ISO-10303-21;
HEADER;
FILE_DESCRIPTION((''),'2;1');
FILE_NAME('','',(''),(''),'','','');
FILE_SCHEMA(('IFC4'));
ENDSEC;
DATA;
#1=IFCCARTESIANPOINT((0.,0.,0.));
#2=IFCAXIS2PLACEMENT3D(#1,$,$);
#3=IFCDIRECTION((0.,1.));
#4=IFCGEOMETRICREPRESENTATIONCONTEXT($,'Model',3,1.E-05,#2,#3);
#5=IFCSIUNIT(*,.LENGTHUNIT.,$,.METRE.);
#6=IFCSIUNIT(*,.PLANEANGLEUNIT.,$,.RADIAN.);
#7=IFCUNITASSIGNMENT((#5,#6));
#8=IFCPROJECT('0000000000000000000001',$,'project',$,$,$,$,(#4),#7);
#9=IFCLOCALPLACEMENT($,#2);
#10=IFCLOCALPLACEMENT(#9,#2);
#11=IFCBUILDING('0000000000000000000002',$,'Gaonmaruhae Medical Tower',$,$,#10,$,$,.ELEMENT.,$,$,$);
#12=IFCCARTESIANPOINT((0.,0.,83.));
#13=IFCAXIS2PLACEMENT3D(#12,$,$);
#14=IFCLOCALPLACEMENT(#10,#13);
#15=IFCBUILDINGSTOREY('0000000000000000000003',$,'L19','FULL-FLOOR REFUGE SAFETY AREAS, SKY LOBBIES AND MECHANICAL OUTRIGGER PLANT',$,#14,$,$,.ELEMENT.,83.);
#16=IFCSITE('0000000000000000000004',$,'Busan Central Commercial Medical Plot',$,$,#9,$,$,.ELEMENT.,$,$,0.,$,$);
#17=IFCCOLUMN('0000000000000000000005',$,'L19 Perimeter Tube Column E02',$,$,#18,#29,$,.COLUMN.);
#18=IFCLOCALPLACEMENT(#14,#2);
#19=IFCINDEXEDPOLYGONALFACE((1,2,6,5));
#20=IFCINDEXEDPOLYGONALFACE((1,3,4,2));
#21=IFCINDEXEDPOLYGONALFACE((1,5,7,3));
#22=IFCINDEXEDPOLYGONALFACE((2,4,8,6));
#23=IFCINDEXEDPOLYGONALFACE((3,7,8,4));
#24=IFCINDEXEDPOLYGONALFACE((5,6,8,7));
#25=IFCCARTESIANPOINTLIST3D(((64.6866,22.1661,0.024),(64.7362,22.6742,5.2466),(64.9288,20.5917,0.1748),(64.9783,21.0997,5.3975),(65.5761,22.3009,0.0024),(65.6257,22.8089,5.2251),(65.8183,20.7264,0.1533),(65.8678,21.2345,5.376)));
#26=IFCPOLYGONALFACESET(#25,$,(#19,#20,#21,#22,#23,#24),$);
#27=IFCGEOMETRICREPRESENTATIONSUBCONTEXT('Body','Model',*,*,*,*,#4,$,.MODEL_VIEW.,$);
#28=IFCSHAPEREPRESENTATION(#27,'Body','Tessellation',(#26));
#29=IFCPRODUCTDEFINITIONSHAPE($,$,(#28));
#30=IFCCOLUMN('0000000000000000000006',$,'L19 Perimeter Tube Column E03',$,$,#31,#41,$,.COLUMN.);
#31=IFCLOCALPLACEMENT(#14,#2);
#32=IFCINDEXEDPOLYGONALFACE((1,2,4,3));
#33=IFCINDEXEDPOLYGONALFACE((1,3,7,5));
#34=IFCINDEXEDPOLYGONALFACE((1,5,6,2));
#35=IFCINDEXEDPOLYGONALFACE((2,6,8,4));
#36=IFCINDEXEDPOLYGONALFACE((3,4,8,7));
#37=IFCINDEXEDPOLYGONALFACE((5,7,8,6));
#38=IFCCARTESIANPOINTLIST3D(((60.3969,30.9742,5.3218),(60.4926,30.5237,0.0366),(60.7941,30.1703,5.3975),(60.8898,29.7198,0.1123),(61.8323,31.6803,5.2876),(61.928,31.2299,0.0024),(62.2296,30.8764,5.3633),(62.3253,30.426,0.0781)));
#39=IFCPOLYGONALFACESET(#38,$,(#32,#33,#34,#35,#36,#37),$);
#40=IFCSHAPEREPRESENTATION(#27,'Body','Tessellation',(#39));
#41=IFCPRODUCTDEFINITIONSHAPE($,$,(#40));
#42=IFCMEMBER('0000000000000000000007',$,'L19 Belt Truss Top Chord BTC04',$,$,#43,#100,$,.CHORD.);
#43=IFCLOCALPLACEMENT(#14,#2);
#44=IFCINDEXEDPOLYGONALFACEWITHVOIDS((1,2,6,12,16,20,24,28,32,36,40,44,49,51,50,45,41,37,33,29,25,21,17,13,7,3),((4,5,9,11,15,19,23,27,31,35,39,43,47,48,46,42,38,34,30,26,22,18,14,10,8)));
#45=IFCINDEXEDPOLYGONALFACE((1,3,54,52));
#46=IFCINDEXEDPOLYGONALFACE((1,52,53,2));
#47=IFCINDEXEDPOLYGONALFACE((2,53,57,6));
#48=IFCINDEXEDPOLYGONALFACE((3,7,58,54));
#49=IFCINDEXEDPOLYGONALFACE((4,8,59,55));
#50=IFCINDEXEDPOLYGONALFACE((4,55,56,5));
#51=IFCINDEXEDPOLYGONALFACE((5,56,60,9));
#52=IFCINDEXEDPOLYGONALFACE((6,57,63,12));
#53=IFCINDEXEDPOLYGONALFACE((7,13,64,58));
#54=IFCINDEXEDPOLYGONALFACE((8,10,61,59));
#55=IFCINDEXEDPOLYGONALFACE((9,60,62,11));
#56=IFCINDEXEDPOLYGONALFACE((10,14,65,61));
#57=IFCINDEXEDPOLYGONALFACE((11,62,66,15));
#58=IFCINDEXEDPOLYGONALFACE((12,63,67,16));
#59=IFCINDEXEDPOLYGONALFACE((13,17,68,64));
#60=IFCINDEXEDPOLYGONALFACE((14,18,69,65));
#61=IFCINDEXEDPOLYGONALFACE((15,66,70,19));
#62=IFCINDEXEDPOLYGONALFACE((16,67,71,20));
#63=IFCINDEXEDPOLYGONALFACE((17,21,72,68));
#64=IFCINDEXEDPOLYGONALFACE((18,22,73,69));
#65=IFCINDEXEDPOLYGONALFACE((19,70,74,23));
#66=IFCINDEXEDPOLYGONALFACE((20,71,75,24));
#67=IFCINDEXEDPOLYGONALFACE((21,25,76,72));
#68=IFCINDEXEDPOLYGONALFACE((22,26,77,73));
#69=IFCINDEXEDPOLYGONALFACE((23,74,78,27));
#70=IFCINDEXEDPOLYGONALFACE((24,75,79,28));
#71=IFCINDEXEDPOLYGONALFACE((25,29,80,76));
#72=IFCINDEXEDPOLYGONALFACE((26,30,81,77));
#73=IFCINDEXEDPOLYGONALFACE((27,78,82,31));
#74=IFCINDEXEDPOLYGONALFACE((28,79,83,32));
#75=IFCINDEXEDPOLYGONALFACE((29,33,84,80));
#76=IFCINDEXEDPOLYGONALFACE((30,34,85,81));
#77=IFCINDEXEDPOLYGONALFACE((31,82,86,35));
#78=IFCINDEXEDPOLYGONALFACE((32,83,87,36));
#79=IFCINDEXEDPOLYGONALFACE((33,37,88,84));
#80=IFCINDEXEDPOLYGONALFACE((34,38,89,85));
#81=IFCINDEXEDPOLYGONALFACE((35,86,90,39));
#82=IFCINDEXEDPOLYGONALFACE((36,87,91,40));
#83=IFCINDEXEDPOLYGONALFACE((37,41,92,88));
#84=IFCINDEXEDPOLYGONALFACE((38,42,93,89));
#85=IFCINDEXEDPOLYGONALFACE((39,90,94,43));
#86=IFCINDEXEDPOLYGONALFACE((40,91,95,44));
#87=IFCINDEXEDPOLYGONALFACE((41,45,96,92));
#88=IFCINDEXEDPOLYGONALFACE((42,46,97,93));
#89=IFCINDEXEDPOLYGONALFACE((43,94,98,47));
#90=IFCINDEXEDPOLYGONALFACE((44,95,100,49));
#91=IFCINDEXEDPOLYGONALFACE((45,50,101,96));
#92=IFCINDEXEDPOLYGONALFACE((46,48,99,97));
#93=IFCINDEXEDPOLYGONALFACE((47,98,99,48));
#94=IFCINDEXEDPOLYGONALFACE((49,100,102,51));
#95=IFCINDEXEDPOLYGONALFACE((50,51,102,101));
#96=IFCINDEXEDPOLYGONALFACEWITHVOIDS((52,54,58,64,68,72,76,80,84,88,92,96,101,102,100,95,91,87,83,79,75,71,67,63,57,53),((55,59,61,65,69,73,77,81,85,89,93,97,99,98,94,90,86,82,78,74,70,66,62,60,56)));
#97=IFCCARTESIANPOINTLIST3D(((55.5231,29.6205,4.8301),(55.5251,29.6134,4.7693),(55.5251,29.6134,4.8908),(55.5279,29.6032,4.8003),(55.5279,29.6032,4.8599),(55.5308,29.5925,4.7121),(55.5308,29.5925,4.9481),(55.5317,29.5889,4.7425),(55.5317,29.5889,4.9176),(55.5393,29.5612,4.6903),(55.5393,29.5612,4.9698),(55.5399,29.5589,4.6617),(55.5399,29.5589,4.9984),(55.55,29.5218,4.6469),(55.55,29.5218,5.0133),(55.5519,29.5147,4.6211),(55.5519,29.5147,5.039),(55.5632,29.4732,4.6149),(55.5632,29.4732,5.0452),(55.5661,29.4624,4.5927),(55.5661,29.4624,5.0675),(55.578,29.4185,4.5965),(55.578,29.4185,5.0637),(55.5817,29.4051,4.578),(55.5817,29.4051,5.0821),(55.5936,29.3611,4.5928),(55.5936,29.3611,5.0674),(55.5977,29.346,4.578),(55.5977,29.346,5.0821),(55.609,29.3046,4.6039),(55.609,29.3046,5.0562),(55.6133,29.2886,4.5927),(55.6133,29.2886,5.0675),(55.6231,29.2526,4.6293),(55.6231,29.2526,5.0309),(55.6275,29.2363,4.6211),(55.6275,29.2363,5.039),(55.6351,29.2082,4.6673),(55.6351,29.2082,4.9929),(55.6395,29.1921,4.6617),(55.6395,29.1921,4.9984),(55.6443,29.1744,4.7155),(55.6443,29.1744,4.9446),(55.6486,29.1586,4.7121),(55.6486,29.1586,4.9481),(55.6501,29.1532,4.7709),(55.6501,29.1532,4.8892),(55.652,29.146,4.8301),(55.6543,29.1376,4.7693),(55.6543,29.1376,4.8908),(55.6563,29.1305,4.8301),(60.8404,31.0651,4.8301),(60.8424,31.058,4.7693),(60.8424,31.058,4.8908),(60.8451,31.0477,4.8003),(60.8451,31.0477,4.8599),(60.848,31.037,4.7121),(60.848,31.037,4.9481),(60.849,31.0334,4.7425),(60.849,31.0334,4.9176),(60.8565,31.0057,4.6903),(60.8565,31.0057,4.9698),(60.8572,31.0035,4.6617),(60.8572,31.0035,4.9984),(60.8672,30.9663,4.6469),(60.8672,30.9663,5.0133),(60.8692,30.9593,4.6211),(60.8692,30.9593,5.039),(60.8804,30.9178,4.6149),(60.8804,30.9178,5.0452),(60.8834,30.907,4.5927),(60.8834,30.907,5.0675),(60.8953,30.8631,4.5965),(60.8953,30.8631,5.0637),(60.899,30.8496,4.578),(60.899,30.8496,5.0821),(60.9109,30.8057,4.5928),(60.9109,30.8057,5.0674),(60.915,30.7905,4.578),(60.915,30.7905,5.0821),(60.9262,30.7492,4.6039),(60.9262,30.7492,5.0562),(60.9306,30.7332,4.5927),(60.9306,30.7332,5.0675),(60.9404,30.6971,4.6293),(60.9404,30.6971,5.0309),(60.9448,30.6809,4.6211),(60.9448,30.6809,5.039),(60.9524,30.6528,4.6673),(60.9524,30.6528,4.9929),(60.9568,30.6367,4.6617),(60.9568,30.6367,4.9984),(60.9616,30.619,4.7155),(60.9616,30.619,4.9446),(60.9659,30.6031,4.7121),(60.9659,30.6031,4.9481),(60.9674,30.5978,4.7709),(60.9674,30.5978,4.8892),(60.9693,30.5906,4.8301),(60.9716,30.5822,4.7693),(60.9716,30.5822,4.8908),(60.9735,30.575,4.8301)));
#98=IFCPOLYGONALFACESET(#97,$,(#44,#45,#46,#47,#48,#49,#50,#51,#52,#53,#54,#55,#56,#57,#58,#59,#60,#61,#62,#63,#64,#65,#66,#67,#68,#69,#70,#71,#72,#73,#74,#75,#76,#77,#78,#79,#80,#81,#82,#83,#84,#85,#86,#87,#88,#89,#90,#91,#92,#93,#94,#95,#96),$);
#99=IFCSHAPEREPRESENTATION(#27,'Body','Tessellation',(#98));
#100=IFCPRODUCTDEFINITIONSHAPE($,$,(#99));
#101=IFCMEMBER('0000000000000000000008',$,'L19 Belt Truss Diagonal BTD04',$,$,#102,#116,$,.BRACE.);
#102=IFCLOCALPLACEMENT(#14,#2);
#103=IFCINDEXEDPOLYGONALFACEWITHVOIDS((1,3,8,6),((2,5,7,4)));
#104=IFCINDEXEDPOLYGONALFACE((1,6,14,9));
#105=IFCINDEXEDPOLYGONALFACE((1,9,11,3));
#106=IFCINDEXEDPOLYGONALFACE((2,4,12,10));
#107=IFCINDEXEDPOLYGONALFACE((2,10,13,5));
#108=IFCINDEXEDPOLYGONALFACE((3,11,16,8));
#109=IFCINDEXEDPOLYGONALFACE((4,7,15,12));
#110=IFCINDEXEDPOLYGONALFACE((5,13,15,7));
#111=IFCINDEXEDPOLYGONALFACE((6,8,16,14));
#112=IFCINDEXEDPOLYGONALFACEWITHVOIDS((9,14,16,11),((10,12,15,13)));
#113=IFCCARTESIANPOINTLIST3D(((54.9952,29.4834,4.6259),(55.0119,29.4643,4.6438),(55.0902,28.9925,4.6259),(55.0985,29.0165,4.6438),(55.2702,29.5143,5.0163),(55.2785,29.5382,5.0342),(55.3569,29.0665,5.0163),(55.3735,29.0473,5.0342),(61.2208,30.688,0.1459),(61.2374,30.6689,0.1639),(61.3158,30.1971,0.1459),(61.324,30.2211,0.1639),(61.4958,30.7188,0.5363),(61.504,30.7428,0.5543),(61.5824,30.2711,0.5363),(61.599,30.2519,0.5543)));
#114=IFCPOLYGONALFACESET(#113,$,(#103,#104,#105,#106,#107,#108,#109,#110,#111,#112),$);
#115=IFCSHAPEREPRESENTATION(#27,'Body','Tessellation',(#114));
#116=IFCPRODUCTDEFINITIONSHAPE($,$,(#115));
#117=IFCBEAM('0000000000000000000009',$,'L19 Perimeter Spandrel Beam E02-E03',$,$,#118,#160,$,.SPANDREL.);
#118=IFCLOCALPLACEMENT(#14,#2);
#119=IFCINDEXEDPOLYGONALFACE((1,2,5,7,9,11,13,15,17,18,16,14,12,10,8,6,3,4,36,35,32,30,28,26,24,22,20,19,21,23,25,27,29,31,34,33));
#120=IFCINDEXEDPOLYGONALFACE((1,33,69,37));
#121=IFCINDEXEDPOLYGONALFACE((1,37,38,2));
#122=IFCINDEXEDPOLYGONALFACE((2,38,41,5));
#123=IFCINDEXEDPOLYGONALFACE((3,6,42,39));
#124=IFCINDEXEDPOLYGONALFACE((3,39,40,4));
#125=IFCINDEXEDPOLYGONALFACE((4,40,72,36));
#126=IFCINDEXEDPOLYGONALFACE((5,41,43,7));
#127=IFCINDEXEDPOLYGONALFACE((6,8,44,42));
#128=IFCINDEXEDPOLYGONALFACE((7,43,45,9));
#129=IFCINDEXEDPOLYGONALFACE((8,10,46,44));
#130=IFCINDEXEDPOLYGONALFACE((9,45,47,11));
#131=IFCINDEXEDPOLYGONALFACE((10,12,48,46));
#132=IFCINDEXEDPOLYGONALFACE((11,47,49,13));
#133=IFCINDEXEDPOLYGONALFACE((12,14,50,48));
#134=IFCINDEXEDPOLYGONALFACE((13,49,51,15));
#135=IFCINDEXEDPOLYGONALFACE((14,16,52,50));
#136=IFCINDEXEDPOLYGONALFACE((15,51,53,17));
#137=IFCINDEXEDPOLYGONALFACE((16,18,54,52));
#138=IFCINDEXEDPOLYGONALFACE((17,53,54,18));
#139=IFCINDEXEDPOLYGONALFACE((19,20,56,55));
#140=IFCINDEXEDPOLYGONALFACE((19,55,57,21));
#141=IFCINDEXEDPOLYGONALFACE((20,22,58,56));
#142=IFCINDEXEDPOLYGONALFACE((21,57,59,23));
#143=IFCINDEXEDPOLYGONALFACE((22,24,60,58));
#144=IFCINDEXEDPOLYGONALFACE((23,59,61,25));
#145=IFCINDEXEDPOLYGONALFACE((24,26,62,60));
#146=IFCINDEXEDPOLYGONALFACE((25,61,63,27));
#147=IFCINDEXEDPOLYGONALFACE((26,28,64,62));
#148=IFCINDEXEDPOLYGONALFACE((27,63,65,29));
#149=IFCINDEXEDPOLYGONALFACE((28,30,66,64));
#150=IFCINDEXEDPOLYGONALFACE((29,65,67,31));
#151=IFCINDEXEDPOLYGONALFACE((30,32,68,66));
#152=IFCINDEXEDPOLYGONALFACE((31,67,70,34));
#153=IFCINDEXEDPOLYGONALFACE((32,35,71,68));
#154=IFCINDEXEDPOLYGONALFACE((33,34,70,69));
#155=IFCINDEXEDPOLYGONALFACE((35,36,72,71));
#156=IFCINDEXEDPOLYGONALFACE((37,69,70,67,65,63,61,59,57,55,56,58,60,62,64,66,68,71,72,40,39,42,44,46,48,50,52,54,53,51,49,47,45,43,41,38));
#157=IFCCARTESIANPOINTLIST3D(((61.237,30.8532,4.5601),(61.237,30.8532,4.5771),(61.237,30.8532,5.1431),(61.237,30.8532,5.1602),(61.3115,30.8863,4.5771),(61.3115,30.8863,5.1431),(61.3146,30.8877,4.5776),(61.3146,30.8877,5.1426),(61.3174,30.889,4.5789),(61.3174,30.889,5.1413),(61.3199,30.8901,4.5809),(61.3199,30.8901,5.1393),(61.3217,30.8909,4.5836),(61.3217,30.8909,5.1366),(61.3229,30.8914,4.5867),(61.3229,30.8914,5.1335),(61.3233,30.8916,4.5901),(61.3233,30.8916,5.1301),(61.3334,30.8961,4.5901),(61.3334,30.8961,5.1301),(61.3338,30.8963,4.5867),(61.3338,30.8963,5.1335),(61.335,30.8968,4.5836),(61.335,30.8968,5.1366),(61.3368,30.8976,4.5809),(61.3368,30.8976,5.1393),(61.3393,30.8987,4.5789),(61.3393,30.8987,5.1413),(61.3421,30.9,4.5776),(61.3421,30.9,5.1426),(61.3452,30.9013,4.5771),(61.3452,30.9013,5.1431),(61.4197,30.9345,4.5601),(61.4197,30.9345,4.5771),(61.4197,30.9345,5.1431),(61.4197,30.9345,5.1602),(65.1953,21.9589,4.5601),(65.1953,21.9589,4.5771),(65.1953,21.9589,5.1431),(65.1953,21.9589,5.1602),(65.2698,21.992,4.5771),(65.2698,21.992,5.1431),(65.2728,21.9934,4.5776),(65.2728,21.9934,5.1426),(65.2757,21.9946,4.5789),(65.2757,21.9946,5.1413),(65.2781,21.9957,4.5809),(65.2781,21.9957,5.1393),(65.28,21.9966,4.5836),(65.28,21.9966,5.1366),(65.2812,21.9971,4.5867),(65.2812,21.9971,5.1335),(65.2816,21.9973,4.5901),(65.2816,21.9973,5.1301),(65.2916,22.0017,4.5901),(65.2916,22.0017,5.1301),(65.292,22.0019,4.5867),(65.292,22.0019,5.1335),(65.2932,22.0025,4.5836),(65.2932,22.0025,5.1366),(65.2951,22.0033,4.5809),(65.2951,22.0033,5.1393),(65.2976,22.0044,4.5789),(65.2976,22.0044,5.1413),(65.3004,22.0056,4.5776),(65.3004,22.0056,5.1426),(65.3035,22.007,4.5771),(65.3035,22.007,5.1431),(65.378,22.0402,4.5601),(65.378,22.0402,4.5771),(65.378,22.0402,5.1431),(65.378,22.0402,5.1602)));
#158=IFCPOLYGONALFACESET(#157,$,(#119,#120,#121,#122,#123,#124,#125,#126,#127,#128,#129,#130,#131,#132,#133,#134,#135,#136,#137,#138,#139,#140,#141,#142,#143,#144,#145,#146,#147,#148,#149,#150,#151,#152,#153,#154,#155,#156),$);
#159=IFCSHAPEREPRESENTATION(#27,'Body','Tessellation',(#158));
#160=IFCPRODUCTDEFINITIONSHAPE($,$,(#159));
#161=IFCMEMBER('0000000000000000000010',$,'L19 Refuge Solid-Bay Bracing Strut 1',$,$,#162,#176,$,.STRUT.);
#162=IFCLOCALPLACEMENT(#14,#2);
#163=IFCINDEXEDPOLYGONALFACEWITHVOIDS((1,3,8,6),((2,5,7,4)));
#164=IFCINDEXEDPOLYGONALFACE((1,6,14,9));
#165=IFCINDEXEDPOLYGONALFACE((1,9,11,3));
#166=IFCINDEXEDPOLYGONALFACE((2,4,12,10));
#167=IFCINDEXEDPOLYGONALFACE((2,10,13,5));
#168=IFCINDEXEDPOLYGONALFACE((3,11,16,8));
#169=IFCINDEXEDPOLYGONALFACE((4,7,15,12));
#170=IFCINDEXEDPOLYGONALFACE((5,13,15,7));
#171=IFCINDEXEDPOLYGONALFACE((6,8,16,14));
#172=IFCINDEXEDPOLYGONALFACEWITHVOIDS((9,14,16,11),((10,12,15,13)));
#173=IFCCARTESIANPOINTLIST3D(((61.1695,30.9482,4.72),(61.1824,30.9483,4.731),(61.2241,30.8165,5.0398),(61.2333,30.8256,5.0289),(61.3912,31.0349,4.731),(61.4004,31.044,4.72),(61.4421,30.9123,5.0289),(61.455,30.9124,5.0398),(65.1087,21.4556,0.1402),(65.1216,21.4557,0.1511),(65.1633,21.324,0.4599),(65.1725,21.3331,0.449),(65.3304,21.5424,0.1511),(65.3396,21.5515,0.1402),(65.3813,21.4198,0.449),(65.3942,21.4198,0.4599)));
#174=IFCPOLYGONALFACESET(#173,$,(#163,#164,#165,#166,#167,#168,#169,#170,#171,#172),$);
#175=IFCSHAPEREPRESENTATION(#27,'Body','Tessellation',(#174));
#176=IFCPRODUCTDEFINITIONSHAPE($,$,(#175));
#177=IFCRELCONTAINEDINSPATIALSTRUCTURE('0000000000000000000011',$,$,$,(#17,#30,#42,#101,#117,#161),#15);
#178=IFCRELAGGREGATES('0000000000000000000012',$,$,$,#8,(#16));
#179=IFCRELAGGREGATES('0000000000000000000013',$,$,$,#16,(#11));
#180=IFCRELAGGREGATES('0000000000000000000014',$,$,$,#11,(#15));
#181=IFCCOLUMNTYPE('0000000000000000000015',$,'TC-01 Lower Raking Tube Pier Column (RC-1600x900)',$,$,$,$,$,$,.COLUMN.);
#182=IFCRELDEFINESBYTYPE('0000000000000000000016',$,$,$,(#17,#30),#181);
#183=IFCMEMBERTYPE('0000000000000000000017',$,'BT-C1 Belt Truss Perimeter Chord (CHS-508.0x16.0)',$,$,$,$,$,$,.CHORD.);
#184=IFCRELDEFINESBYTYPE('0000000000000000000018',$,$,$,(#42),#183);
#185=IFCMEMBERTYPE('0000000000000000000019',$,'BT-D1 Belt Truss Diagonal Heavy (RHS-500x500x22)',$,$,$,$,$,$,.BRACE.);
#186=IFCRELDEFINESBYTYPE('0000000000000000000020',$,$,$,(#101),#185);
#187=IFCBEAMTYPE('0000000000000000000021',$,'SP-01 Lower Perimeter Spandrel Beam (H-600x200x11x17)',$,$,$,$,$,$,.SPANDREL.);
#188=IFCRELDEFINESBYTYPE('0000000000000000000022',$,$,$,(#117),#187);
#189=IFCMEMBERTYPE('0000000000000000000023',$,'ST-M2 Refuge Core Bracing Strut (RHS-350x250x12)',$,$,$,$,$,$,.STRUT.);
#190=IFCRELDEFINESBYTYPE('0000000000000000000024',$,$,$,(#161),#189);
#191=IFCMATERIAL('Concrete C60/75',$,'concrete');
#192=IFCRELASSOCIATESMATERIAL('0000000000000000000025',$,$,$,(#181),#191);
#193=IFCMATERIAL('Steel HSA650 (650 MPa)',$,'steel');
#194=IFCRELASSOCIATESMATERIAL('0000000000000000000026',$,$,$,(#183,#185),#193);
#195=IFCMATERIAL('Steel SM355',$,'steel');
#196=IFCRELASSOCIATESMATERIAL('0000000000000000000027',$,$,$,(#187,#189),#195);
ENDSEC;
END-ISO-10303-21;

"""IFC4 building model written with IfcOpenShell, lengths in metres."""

from ifc_helpers import new_model, si_unit, direction, frame, origin, origin_2d, place, context, subcontext, project, spatial, rectangle, hollow_rectangle, hollow_circle, i_section, extrude, material, material_profile, profile_set, type_object, element, save


model = new_model("IFC4")

# Units and contexts
model_context = context("Model", 3, precision=1e-05, world=origin(), true_north=direction((0.0, 1.0)))
body_context = subcontext(model_context, "Body", "Model", "MODEL_VIEW")
ifc_project = project(units=[si_unit("LENGTHUNIT", "METRE"), si_unit("PLANEANGLEUNIT", "RADIAN")], contexts=[model_context])

# Site, building, storey
site_placement = place(None, origin())
site = spatial("IfcSite", under=ifc_project, at=site_placement, Name="Busan Central Commercial Medical Plot", CompositionType="ELEMENT", RefElevation=0.0)
building_placement = place(site_placement, origin())
building = spatial("IfcBuilding", under=site, at=building_placement, Name="Gaonmaruhae Medical Tower", CompositionType="ELEMENT")
storey_placement = place(building_placement, frame((0.0, 0.0, 83.0)))
storey = spatial("IfcBuildingStorey", under=building, at=storey_placement, Name="L19", Description="FULL-FLOOR REFUGE SAFETY AREAS, SKY LOBBIES AND MECHANICAL OUTRIGGER PLANT", CompositionType="ELEMENT", Elevation=83.0)

# Columns
ifc_material_1 = material(Name="Concrete C60/75", Category="concrete")
ifc_material_profile_1 = material_profile(ifc_material_1, rectangle(XDim=1.6001, YDim=0.8999, at=origin_2d()), Name="RC-1600x900")
ifc_profile_set_1 = profile_set([ifc_material_profile_1], Name="Concrete C60/75")
column_type = type_object("IfcColumnType", Name="TC-01 Lower Raking Tube Pier Column (RC-1600x900)", PredefinedType="COLUMN", material=ifc_profile_set_1)
column_1_placement = place(storey_placement, frame((65.2524, 21.4463, 0.0886), z_axis=(0.009445, 0.096818, 0.995257), x_axis=(0.151336, -0.983976, 0.094284)))
element("IfcColumn", 1, at=column_1_placement, inside=storey, type_object=column_type, Name="L19 Perimeter Tube Column E02", PredefinedType="COLUMN", context=body_context, shape_type="SweptSolid", body=[
    extrude(rectangle(XDim=1.6001, YDim=0.8999, at=origin_2d()), origin(), (0.0, 0.0, 1.0), 5.2476),
])
column_2_placement = place(storey_placement, frame((61.4089, 30.4749, 0.0574), z_axis=(-0.01804, 0.084906, 0.996226), x_axis=(-0.897104, -0.441302, 0.021366)))
element("IfcColumn", 2, at=column_2_placement, inside=storey, type_object=column_type, Name="L19 Perimeter Tube Column E03", PredefinedType="COLUMN", context=body_context, shape_type="SweptSolid", body=[
    extrude(rectangle(XDim=1.6001, YDim=0.8999, at=origin_2d()), origin(), (0.0, 0.0, 1.0), 5.3052),
])

# Members
ifc_material_2 = material(Name="Steel HSA650 (650 MPa)", Category="steel")
ifc_material_profile_2 = material_profile(ifc_material_2, hollow_circle(Radius=0.2539, WallThickness=0.0161, at=origin_2d()), Name="CHS-508.0x16.0")
ifc_profile_set_2 = profile_set([ifc_material_profile_2], Name="Steel HSA650 (650 MPa)")
member_type_1 = type_object("IfcMemberType", Name="BT-C1 Belt Truss Perimeter Chord (CHS-508.0x16.0)", PredefinedType="CHORD", material=ifc_profile_set_2)
member_1_placement = place(storey_placement, frame((60.907, 30.8201, 4.8301), z_axis=(-0.965022, -0.262169, 0.0), x_axis=(0.262169, -0.965022, 0.0)))
element("IfcMember", 3, at=member_1_placement, inside=storey, type_object=member_type_1, Name="L19 Belt Truss Top Chord BTC04", PredefinedType="CHORD", context=body_context, shape_type="SweptSolid", body=[
    extrude(hollow_circle(Radius=0.2539, WallThickness=0.0161, at=origin_2d()), origin(), (0.0, 0.0, 1.0), 5.51),
])
ifc_material_profile_3 = material_profile(ifc_material_2, hollow_rectangle(XDim=0.5, YDim=0.5, WallThickness=0.022, at=origin_2d()), Name="RHS-500x500x22")
ifc_profile_set_3 = profile_set([ifc_material_profile_3], Name="Steel HSA650 (650 MPa)")
member_type_2 = type_object("IfcMemberType", Name="BT-D1 Belt Truss Diagonal Heavy (RHS-500x500x22)", PredefinedType="BRACE", material=ifc_profile_set_3)
member_2_placement = place(storey_placement, frame((61.4099, 30.47, 0.3501), z_axis=(-0.801856, -0.155151, 0.577022), x_axis=(0.189967, -0.981791, 0.0)))
element("IfcMember", 4, at=member_2_placement, inside=storey, type_object=member_type_2, Name="L19 Belt Truss Diagonal BTD04", PredefinedType="BRACE", context=body_context, shape_type="SweptSolid", body=[
    extrude(hollow_rectangle(XDim=0.5, YDim=0.5, WallThickness=0.022, at=origin_2d()), origin(), (0.0, 0.0, 1.0), 7.7639),
])

# Beam
ifc_material_3 = material(Name="Steel SM355", Category="steel")
ifc_material_profile_4 = material_profile(ifc_material_3, i_section(OverallWidth=0.2, OverallDepth=0.6001, WebThickness=0.011, FlangeThickness=0.0171, FilletRadius=0.0129, at=origin_2d()), Name="H-600x200x11x17")
ifc_profile_set_4 = profile_set([ifc_material_profile_4], Name="Steel SM355")
beam_type = type_object("IfcBeamType", Name="SP-01 Lower Perimeter Spandrel Beam (H-600x200x11x17)", PredefinedType="SPANDREL", material=ifc_profile_set_4)
beam_placement = place(storey_placement, frame((65.2866, 21.9995, 4.8601), z_axis=(-0.406587, 0.913612, 0.0), x_axis=(-0.913612, -0.406587, 0.0)))
element("IfcBeam", 5, at=beam_placement, inside=storey, type_object=beam_type, Name="L19 Perimeter Spandrel Beam E02-E03", PredefinedType="SPANDREL", context=body_context, shape_type="SweptSolid", body=[
    extrude(i_section(OverallWidth=0.2, OverallDepth=0.6001, WebThickness=0.011, FlangeThickness=0.0171, FilletRadius=0.0129, at=origin_2d()), origin(), (0.0, 0.0, 1.0), 9.7354),
])

# Member
ifc_material_profile_5 = material_profile(ifc_material_3, hollow_rectangle(XDim=0.25, YDim=0.3501, WallThickness=0.012, at=origin_2d()), Name="RHS-350x250x12")
ifc_profile_set_5 = profile_set([ifc_material_profile_5], Name="Steel SM355")
member_type_3 = type_object("IfcMemberType", Name="ST-M2 Refuge Core Bracing Strut (RHS-350x250x12)", PredefinedType="STRUT", material=ifc_profile_set_5)
member_3_placement = place(storey_placement, frame((65.2515, 21.4377, 0.3), z_axis=(-0.350102, 0.843652, 0.407038), x_axis=(-0.923628, -0.383291, 0.0)))
element("IfcMember", 6, at=member_3_placement, inside=storey, type_object=member_type_3, Name="L19 Refuge Solid-Bay Bracing Strut 1", PredefinedType="STRUT", context=body_context, shape_type="SweptSolid", body=[
    extrude(hollow_rectangle(XDim=0.25, YDim=0.3501, WallThickness=0.012, at=origin_2d()), origin(), (0.0, 0.0, 1.0), 11.2517),
])

save(model, "model.ifc")
